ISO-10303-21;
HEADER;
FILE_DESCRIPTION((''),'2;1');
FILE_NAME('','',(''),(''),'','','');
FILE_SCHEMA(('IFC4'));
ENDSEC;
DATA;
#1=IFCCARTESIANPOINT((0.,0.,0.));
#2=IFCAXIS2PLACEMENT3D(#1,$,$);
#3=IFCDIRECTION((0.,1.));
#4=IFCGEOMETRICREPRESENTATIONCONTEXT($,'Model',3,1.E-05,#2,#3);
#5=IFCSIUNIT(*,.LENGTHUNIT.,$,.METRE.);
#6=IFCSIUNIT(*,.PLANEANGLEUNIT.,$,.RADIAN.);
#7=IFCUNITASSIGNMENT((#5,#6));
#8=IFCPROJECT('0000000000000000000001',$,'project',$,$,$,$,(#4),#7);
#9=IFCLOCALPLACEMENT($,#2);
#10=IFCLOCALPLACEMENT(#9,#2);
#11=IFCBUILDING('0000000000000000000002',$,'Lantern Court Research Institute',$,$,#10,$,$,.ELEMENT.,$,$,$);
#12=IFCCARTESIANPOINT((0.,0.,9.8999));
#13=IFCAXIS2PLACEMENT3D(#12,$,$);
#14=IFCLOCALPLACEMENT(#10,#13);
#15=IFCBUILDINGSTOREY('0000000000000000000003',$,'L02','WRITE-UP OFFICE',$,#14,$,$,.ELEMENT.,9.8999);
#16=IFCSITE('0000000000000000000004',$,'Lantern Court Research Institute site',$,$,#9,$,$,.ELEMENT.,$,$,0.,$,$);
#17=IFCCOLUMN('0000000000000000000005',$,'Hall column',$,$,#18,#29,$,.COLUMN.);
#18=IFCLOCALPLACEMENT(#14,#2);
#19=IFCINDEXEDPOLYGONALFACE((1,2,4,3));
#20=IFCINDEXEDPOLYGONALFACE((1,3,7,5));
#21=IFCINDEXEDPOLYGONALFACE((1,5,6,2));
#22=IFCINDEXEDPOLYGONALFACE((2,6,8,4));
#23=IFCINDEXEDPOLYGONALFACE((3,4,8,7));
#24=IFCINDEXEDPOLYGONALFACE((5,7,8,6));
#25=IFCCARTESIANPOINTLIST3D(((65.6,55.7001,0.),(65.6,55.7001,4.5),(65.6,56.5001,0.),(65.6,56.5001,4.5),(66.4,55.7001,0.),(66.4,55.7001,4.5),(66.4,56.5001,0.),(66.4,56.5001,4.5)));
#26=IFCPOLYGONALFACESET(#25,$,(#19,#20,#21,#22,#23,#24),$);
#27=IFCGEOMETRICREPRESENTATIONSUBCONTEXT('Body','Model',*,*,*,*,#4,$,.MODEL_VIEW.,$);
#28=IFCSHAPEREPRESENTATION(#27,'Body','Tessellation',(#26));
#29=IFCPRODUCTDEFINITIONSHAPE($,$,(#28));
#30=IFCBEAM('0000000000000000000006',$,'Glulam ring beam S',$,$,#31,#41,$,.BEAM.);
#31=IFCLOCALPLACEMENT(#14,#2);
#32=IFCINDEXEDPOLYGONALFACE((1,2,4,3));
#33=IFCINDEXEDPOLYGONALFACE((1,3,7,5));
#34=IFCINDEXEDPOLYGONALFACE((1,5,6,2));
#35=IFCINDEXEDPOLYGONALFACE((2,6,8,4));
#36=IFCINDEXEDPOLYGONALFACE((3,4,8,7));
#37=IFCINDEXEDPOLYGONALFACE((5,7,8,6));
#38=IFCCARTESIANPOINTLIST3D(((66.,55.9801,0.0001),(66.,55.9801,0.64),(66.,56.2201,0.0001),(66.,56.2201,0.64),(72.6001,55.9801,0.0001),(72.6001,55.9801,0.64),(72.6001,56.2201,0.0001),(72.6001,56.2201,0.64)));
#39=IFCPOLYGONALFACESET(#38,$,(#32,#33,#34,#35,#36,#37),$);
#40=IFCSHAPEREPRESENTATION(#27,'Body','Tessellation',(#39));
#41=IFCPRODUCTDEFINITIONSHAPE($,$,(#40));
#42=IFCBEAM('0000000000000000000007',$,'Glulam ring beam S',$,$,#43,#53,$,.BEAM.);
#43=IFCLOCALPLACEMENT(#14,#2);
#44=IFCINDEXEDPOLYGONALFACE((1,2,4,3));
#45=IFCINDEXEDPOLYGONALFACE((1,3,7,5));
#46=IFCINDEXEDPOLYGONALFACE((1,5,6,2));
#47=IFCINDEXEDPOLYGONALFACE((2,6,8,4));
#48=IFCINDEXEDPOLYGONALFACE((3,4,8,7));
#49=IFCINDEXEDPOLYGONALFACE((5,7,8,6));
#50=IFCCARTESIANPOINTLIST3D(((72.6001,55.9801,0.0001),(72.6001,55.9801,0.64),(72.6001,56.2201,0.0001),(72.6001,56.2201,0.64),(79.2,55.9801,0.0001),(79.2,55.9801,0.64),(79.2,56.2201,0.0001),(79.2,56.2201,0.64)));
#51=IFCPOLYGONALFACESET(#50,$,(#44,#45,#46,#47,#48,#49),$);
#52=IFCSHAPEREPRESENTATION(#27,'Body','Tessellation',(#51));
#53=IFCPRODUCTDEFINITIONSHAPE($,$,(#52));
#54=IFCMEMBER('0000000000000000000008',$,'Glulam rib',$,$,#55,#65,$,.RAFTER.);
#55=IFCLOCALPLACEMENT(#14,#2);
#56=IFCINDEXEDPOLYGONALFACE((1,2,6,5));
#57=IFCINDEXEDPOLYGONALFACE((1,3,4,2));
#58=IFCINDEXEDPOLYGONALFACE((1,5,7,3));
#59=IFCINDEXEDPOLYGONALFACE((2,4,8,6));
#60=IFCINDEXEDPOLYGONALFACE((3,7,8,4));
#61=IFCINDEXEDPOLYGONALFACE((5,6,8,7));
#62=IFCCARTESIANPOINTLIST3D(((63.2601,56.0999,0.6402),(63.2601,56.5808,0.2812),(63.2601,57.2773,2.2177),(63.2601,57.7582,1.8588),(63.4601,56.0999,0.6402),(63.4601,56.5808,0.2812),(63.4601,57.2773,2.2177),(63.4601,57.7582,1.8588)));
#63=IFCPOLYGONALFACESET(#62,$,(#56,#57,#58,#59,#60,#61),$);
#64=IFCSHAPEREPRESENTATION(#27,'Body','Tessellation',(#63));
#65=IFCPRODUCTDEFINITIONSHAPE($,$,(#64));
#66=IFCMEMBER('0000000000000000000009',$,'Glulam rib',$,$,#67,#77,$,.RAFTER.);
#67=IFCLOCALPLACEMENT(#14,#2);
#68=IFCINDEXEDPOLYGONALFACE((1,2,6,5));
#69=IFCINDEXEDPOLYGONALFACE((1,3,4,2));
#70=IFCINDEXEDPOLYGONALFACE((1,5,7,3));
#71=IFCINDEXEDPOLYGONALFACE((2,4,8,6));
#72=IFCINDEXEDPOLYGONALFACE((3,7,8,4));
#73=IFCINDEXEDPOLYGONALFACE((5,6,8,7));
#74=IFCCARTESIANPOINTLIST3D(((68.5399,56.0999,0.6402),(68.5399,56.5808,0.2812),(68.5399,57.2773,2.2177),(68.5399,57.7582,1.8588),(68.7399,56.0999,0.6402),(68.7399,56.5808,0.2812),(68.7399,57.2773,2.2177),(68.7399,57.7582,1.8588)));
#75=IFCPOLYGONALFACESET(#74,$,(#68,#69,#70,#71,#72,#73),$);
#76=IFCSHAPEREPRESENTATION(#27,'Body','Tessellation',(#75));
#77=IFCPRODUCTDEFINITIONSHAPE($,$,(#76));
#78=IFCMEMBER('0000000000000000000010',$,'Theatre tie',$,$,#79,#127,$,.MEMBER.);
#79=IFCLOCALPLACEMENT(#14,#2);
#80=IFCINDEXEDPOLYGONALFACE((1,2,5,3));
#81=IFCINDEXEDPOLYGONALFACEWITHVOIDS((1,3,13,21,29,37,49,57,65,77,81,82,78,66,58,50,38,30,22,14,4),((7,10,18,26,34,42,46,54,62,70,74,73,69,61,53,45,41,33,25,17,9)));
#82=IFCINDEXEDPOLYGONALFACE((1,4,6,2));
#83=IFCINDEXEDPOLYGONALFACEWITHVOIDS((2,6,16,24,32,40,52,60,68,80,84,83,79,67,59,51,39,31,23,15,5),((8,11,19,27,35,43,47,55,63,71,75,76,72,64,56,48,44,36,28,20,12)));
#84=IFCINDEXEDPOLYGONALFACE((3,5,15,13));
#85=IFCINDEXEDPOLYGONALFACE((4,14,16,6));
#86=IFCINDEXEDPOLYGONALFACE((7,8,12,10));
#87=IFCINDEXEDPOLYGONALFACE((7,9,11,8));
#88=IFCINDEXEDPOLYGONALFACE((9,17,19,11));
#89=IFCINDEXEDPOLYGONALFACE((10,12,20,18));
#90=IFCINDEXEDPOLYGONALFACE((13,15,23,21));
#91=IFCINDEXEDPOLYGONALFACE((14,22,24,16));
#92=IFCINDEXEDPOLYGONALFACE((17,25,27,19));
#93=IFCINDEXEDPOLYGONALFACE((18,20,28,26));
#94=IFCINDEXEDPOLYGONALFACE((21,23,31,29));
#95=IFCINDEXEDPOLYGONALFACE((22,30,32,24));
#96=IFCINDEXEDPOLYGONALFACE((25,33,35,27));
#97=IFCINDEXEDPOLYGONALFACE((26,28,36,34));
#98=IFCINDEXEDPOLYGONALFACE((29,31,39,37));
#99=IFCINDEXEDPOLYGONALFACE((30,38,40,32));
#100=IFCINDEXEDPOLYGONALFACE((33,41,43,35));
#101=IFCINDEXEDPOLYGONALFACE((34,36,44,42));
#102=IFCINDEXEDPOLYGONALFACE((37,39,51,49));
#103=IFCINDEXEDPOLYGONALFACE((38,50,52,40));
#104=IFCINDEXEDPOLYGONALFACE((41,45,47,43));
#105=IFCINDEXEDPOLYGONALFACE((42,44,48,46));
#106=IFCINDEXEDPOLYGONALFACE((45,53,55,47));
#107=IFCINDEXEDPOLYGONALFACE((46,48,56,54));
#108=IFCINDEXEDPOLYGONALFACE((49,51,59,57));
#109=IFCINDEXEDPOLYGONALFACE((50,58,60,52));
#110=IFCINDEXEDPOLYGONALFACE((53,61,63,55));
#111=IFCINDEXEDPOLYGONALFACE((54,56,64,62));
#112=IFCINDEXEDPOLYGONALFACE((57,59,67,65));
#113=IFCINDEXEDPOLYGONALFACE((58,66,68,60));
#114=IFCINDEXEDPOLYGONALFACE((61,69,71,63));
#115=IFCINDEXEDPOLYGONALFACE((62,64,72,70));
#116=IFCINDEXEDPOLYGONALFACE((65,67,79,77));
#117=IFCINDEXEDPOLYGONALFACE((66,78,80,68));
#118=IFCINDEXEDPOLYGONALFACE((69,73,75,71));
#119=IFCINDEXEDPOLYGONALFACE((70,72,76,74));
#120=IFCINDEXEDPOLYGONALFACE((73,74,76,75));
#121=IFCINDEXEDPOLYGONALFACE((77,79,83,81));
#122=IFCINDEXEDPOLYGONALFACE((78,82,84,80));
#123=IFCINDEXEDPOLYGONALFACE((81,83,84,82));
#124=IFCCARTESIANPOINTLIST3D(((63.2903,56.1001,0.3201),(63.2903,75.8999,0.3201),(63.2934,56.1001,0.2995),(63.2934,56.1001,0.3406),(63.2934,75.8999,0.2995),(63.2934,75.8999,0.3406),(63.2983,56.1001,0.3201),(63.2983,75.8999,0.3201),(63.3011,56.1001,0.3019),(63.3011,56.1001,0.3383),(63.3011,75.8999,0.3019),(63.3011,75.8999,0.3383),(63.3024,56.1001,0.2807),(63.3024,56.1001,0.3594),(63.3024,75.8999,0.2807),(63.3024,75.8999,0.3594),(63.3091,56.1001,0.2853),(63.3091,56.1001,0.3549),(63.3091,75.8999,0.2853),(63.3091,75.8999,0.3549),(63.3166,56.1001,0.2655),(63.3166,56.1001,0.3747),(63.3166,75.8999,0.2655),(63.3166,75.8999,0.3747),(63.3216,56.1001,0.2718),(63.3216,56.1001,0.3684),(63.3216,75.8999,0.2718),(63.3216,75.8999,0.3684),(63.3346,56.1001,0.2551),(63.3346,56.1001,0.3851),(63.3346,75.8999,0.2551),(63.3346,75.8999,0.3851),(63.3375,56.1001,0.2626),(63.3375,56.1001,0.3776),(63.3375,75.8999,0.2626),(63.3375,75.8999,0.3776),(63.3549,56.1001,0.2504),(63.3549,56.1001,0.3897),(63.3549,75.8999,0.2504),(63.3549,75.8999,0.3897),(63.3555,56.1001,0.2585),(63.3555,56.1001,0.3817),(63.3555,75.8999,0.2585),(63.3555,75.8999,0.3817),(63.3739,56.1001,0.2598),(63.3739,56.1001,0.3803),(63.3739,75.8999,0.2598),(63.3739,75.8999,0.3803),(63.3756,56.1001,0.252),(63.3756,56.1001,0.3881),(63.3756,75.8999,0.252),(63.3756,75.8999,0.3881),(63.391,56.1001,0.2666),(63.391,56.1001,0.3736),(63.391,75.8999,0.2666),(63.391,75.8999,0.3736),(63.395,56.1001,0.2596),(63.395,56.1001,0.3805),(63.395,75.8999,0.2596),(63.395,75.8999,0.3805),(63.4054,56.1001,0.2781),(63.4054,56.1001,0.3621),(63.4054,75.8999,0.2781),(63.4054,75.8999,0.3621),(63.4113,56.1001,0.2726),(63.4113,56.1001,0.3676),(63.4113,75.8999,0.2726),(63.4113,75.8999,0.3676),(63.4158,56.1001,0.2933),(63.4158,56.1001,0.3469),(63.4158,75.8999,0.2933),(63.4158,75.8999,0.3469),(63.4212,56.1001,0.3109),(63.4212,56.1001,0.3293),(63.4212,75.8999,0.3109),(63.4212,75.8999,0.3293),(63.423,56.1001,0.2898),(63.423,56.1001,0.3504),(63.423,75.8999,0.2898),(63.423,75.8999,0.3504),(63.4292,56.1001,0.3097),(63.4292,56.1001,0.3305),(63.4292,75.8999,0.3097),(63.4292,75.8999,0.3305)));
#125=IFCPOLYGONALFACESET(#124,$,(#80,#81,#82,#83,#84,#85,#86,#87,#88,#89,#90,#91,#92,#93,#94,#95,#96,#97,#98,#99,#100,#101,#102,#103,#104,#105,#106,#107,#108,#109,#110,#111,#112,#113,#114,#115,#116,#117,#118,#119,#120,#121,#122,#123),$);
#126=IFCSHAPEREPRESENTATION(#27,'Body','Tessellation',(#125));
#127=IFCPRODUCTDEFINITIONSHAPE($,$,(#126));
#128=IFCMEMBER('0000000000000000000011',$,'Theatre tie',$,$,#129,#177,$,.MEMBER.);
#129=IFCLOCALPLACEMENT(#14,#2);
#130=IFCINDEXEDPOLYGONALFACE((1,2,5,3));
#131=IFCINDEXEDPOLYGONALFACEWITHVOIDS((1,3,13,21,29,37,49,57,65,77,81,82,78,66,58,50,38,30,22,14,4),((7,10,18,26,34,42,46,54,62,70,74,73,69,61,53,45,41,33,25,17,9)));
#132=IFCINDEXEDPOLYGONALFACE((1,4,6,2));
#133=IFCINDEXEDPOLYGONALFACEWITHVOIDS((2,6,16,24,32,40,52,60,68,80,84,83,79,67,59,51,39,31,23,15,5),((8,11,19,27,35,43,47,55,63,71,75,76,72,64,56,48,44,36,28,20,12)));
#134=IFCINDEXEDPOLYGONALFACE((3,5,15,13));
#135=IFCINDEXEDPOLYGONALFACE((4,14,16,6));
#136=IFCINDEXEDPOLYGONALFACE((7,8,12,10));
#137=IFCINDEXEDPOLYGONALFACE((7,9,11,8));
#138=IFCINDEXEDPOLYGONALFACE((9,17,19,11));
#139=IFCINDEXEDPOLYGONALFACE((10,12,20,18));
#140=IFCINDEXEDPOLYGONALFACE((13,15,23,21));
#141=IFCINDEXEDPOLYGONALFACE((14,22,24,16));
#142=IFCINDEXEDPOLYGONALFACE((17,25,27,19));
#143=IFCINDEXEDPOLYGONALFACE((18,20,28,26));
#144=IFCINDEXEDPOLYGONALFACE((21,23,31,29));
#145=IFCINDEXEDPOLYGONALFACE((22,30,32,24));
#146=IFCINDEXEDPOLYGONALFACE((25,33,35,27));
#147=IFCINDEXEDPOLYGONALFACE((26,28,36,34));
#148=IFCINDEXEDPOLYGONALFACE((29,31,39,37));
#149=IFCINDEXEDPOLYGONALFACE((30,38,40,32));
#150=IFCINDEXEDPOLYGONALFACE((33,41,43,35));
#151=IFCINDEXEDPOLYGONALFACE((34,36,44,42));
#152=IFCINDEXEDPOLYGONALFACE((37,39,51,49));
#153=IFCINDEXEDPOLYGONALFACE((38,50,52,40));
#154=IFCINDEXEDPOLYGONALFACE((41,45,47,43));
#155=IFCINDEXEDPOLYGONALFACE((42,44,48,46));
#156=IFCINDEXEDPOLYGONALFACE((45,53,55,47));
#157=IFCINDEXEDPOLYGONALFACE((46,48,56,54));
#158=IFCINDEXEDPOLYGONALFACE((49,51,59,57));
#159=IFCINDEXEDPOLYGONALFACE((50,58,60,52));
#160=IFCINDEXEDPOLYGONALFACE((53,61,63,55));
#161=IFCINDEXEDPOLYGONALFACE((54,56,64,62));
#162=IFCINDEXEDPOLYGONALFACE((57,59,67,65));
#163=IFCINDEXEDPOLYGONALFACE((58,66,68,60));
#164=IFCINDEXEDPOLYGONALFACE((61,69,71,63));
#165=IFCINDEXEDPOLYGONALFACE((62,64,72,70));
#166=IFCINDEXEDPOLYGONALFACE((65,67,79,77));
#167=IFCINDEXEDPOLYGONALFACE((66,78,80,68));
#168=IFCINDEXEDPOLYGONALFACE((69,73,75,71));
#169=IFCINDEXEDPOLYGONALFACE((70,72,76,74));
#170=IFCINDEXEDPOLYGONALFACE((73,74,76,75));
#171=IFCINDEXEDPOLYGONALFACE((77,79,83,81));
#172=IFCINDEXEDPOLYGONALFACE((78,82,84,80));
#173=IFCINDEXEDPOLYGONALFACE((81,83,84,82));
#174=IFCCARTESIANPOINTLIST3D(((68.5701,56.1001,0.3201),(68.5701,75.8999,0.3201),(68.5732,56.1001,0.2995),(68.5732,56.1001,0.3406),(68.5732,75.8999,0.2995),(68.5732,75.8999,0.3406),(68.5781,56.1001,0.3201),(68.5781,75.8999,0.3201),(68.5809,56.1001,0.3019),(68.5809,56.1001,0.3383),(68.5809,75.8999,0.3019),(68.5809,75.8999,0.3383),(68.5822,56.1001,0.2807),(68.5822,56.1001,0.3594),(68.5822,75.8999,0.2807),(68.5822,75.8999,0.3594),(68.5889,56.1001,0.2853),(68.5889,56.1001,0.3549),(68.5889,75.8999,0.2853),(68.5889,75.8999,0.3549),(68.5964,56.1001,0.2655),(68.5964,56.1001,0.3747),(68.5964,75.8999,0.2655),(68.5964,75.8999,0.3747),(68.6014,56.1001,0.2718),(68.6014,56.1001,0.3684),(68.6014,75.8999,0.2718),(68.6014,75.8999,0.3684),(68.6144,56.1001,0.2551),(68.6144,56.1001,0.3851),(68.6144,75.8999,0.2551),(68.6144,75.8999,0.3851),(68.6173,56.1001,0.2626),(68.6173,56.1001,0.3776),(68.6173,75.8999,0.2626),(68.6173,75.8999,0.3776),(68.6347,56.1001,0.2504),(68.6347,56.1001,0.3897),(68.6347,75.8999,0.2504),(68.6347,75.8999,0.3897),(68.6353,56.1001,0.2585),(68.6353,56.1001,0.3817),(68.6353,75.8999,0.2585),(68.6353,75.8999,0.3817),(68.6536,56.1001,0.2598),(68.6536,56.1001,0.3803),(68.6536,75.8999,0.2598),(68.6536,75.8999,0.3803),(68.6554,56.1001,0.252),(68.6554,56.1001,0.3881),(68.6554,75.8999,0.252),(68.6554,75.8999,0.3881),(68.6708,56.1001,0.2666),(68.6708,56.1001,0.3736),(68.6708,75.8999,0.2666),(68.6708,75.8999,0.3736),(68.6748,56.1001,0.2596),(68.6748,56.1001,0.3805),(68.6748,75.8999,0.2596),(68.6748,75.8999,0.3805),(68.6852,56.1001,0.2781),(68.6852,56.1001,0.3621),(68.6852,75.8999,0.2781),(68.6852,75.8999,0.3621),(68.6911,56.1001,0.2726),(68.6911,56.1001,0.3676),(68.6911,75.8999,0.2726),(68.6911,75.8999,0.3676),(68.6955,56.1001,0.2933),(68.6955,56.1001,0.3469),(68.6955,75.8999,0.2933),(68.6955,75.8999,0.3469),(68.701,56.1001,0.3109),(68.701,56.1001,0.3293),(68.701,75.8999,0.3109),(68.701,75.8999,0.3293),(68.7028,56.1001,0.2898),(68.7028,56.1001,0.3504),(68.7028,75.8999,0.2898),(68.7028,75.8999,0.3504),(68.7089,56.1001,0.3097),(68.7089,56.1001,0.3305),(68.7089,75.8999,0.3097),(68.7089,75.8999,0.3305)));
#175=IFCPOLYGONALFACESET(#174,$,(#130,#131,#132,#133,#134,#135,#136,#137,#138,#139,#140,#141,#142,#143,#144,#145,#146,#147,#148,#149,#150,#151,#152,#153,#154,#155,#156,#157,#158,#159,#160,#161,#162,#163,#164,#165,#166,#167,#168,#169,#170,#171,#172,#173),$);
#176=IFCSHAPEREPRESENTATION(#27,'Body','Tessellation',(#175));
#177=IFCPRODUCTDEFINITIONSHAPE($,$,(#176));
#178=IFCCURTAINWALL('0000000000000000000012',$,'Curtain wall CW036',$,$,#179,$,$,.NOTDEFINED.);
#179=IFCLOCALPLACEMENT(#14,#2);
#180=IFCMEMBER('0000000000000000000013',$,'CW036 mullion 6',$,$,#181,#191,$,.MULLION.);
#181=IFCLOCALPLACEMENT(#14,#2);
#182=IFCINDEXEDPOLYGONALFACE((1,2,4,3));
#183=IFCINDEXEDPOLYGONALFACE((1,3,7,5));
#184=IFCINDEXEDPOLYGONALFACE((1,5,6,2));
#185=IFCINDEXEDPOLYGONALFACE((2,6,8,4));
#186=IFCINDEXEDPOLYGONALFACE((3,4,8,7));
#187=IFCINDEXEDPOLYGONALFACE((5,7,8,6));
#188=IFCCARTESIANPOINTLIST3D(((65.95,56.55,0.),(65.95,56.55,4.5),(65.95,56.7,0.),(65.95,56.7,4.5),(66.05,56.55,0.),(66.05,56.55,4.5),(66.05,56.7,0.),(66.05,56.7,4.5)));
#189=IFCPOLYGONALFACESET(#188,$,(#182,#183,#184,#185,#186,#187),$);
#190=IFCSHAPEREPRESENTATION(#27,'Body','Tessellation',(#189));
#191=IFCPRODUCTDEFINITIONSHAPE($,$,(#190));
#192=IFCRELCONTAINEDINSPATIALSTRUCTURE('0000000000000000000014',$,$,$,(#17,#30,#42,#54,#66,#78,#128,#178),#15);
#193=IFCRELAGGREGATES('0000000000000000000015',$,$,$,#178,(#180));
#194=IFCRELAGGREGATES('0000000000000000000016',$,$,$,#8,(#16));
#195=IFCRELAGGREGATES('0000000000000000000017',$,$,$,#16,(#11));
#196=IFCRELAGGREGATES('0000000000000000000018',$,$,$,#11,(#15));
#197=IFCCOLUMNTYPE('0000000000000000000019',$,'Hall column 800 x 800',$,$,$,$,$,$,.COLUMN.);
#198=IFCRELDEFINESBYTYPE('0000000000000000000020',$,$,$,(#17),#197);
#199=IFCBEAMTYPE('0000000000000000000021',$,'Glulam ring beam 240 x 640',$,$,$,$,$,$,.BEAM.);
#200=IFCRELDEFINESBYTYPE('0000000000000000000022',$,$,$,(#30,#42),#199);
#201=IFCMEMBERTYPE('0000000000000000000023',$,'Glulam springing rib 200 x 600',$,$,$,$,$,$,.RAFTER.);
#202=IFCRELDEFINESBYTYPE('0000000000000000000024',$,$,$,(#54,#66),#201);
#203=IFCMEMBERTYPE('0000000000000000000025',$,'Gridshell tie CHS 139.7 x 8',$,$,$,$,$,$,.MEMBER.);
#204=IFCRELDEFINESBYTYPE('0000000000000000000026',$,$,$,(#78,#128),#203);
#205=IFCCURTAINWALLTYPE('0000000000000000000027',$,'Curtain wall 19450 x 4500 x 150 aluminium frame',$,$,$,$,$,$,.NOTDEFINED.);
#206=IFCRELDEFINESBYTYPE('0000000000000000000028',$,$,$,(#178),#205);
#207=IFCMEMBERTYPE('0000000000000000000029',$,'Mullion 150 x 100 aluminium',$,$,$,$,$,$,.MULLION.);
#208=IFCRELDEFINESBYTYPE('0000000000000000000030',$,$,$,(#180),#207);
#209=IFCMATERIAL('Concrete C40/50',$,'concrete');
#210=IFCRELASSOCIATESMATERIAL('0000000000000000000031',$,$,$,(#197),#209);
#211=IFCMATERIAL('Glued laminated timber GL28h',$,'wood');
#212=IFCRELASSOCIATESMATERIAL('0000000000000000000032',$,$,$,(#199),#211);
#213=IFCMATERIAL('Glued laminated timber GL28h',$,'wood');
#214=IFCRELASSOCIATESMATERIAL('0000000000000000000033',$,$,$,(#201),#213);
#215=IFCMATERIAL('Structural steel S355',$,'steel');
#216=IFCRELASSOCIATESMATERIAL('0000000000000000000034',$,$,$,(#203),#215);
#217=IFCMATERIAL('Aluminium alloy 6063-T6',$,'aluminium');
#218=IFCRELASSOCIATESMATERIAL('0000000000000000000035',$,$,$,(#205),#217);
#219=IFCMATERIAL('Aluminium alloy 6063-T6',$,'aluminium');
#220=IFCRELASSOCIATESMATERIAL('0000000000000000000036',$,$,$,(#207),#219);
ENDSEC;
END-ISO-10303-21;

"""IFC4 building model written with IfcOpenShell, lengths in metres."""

from ifc_helpers import new_model, si_unit, direction, frame, origin, origin_2d, place, context, subcontext, project, spatial, rectangle, hollow_circle, extrude, material, material_profile, profile_set, type_object, element, aggregate, save


model = new_model("IFC4")

# Units and contexts
model_context = context("Model", 3, precision=1e-05, world=origin(), true_north=direction((0.0, 1.0)))
body_context = subcontext(model_context, "Body", "Model", "MODEL_VIEW")
ifc_project = project(units=[si_unit("LENGTHUNIT", "METRE"), si_unit("PLANEANGLEUNIT", "RADIAN")], contexts=[model_context])

# Site, building, storey
site_placement = place(None, origin())
site = spatial("IfcSite", under=ifc_project, at=site_placement, Name="Lantern Court Research Institute site", CompositionType="ELEMENT", RefElevation=0.0)
building_placement = place(site_placement, origin())
building = spatial("IfcBuilding", under=site, at=building_placement, Name="Lantern Court Research Institute", CompositionType="ELEMENT")
storey_placement = place(building_placement, frame((0.0, 0.0, 9.8999)))
storey = spatial("IfcBuildingStorey", under=building, at=storey_placement, Name="L02", Description="WRITE-UP OFFICE", CompositionType="ELEMENT", Elevation=9.8999)

# Column
ifc_material_1 = material(Name="Concrete C40/50", Category="concrete")
ifc_material_profile_1 = material_profile(ifc_material_1, rectangle(XDim=0.8, YDim=0.8, at=origin_2d()), Name="Hall column 800 x 800")
ifc_profile_set_1 = profile_set([ifc_material_profile_1], Name="Concrete C40/50")
column_type = type_object("IfcColumnType", Name="Hall column 800 x 800", PredefinedType="COLUMN", material=ifc_profile_set_1)
column_placement = place(storey_placement, frame((66.0, 56.1001, 0.0), z_axis=(0.0, 0.0, 1.0), x_axis=(1.0, 0.0, 0.0)))
element("IfcColumn", 1, at=column_placement, inside=storey, type_object=column_type, Name="Hall column", PredefinedType="COLUMN", context=body_context, shape_type="SweptSolid", body=[
    extrude(rectangle(XDim=0.8, YDim=0.8, at=origin_2d()), origin(), (0.0, 0.0, 1.0), 4.5),
])

# Beams
ifc_material_2 = material(Name="Glued laminated timber GL28h", Category="wood")
ifc_material_profile_2 = material_profile(ifc_material_2, rectangle(XDim=0.24, YDim=0.6399, at=origin_2d()), Name="Glulam ring beam 240 x 640")
ifc_profile_set_2 = profile_set([ifc_material_profile_2], Name="Glued laminated timber GL28h")
beam_type = type_object("IfcBeamType", Name="Glulam ring beam 240 x 640", PredefinedType="BEAM", material=ifc_profile_set_2)
beam_1_placement = place(storey_placement, frame((66.0, 56.1001, 0.3201), z_axis=(1.0, 0.0, 0.0), x_axis=(0.0, 1.0, 0.0)))
element("IfcBeam", 2, at=beam_1_placement, inside=storey, type_object=beam_type, Name="Glulam ring beam S", PredefinedType="BEAM", context=body_context, shape_type="SweptSolid", body=[
    extrude(rectangle(XDim=0.24, YDim=0.6399, at=origin_2d()), origin(), (0.0, 0.0, 1.0), 6.6001),
])
beam_2_placement = place(storey_placement, frame((72.6001, 56.1001, 0.3201), z_axis=(1.0, 0.0, 0.0), x_axis=(0.0, 1.0, 0.0)))
element("IfcBeam", 3, at=beam_2_placement, inside=storey, type_object=beam_type, Name="Glulam ring beam S", PredefinedType="BEAM", context=body_context, shape_type="SweptSolid", body=[
    extrude(rectangle(XDim=0.24, YDim=0.6399, at=origin_2d()), origin(), (0.0, 0.0, 1.0), 6.5999),
])

# Members
ifc_material_3 = material(Name="Glued laminated timber GL28h", Category="wood")
ifc_material_profile_3 = material_profile(ifc_material_3, rectangle(XDim=0.2, YDim=0.6001, at=origin_2d()), Name="Glulam springing rib 200 x 600")
ifc_profile_set_3 = profile_set([ifc_material_profile_3], Name="Glued laminated timber GL28h")
member_type_1 = type_object("IfcMemberType", Name="Glulam springing rib 200 x 600", PredefinedType="RAFTER", material=ifc_profile_set_3)
for number, where, z_axis, x_axis, name in (
    (4, (63.3601, 56.3403, 0.4607), (0.0, 0.598133, 0.801397), (-1.0, 0.0, 0.0), "Glulam rib"),
    (5, (68.6399, 56.3403, 0.4607), (0.0, 0.598133, 0.801397), (-1.0, 0.0, 0.0), "Glulam rib"),
):
    element("IfcMember", number, at=place(storey_placement, frame(where, z_axis=z_axis, x_axis=x_axis)), inside=storey, type_object=member_type_1, Name=name, PredefinedType="RAFTER", context=body_context, shape_type="SweptSolid", body=[
        extrude(rectangle(XDim=0.2, YDim=0.6001, at=origin_2d()), origin(), (0.0, 0.0, 1.0), 1.9685),
    ])
ifc_material_4 = material(Name="Structural steel S355", Category="steel")
ifc_material_profile_4 = material_profile(ifc_material_4, hollow_circle(Radius=0.0698, WallThickness=0.0081, at=origin_2d()), Name="Gridshell tie CHS 139.7 x 8")
ifc_profile_set_4 = profile_set([ifc_material_profile_4], Name="Structural steel S355")
member_type_2 = type_object("IfcMemberType", Name="Gridshell tie CHS 139.7 x 8", PredefinedType="MEMBER", material=ifc_profile_set_4)
for number, where, z_axis, x_axis, name in (
    (6, (63.3601, 56.1001, 0.3201), (0.0, 1.0, 0.0), (-1.0, 0.0, 0.0), "Theatre tie"),
    (7, (68.6399, 56.1001, 0.3201), (0.0, 1.0, 0.0), (-1.0, 0.0, 0.0), "Theatre tie"),
):
    element("IfcMember", number, at=place(storey_placement, frame(where, z_axis=z_axis, x_axis=x_axis)), inside=storey, type_object=member_type_2, Name=name, PredefinedType="MEMBER", context=body_context, shape_type="SweptSolid", body=[
        extrude(hollow_circle(Radius=0.0698, WallThickness=0.0081, at=origin_2d()), origin(), (0.0, 0.0, 1.0), 19.7998),
    ])

# Curtain wall, member
ifc_material_5 = material(Name="Aluminium alloy 6063-T6", Category="aluminium")
curtain_wall_type = type_object("IfcCurtainWallType", Name="Curtain wall 19450 x 4500 x 150 aluminium frame", PredefinedType="NOTDEFINED", material=ifc_material_5)
curtain_wall_placement = place(storey_placement, origin())
curtain_wall = element("IfcCurtainWall", 8, at=curtain_wall_placement, inside=storey, type_object=curtain_wall_type, Name="Curtain wall CW036", PredefinedType="NOTDEFINED")
ifc_material_6 = material(Name="Aluminium alloy 6063-T6", Category="aluminium")
ifc_material_profile_5 = material_profile(ifc_material_6, rectangle(XDim=0.1499, YDim=0.1001, at=origin_2d()), Name="Mullion 150 x 100")
ifc_profile_set_5 = profile_set([ifc_material_profile_5], Name="Aluminium alloy 6063-T6")
member_type_3 = type_object("IfcMemberType", Name="Mullion 150 x 100 aluminium", PredefinedType="MULLION", material=ifc_profile_set_5)
member_1_placement = place(storey_placement, frame((66.0, 56.625, 0.0), z_axis=(0.0, 0.0, 1.0), x_axis=(0.0, 1.0, 0.0)))
member_1 = element("IfcMember", 9, at=member_1_placement, type_object=member_type_3, Name="CW036 mullion 6", PredefinedType="MULLION", context=body_context, shape_type="SweptSolid", body=[
    extrude(rectangle(XDim=0.1499, YDim=0.1001, at=origin_2d()), origin(), (0.0, 0.0, 1.0), 4.5),
])
aggregate(curtain_wall, [member_1])

save(model, "model.ifc")
